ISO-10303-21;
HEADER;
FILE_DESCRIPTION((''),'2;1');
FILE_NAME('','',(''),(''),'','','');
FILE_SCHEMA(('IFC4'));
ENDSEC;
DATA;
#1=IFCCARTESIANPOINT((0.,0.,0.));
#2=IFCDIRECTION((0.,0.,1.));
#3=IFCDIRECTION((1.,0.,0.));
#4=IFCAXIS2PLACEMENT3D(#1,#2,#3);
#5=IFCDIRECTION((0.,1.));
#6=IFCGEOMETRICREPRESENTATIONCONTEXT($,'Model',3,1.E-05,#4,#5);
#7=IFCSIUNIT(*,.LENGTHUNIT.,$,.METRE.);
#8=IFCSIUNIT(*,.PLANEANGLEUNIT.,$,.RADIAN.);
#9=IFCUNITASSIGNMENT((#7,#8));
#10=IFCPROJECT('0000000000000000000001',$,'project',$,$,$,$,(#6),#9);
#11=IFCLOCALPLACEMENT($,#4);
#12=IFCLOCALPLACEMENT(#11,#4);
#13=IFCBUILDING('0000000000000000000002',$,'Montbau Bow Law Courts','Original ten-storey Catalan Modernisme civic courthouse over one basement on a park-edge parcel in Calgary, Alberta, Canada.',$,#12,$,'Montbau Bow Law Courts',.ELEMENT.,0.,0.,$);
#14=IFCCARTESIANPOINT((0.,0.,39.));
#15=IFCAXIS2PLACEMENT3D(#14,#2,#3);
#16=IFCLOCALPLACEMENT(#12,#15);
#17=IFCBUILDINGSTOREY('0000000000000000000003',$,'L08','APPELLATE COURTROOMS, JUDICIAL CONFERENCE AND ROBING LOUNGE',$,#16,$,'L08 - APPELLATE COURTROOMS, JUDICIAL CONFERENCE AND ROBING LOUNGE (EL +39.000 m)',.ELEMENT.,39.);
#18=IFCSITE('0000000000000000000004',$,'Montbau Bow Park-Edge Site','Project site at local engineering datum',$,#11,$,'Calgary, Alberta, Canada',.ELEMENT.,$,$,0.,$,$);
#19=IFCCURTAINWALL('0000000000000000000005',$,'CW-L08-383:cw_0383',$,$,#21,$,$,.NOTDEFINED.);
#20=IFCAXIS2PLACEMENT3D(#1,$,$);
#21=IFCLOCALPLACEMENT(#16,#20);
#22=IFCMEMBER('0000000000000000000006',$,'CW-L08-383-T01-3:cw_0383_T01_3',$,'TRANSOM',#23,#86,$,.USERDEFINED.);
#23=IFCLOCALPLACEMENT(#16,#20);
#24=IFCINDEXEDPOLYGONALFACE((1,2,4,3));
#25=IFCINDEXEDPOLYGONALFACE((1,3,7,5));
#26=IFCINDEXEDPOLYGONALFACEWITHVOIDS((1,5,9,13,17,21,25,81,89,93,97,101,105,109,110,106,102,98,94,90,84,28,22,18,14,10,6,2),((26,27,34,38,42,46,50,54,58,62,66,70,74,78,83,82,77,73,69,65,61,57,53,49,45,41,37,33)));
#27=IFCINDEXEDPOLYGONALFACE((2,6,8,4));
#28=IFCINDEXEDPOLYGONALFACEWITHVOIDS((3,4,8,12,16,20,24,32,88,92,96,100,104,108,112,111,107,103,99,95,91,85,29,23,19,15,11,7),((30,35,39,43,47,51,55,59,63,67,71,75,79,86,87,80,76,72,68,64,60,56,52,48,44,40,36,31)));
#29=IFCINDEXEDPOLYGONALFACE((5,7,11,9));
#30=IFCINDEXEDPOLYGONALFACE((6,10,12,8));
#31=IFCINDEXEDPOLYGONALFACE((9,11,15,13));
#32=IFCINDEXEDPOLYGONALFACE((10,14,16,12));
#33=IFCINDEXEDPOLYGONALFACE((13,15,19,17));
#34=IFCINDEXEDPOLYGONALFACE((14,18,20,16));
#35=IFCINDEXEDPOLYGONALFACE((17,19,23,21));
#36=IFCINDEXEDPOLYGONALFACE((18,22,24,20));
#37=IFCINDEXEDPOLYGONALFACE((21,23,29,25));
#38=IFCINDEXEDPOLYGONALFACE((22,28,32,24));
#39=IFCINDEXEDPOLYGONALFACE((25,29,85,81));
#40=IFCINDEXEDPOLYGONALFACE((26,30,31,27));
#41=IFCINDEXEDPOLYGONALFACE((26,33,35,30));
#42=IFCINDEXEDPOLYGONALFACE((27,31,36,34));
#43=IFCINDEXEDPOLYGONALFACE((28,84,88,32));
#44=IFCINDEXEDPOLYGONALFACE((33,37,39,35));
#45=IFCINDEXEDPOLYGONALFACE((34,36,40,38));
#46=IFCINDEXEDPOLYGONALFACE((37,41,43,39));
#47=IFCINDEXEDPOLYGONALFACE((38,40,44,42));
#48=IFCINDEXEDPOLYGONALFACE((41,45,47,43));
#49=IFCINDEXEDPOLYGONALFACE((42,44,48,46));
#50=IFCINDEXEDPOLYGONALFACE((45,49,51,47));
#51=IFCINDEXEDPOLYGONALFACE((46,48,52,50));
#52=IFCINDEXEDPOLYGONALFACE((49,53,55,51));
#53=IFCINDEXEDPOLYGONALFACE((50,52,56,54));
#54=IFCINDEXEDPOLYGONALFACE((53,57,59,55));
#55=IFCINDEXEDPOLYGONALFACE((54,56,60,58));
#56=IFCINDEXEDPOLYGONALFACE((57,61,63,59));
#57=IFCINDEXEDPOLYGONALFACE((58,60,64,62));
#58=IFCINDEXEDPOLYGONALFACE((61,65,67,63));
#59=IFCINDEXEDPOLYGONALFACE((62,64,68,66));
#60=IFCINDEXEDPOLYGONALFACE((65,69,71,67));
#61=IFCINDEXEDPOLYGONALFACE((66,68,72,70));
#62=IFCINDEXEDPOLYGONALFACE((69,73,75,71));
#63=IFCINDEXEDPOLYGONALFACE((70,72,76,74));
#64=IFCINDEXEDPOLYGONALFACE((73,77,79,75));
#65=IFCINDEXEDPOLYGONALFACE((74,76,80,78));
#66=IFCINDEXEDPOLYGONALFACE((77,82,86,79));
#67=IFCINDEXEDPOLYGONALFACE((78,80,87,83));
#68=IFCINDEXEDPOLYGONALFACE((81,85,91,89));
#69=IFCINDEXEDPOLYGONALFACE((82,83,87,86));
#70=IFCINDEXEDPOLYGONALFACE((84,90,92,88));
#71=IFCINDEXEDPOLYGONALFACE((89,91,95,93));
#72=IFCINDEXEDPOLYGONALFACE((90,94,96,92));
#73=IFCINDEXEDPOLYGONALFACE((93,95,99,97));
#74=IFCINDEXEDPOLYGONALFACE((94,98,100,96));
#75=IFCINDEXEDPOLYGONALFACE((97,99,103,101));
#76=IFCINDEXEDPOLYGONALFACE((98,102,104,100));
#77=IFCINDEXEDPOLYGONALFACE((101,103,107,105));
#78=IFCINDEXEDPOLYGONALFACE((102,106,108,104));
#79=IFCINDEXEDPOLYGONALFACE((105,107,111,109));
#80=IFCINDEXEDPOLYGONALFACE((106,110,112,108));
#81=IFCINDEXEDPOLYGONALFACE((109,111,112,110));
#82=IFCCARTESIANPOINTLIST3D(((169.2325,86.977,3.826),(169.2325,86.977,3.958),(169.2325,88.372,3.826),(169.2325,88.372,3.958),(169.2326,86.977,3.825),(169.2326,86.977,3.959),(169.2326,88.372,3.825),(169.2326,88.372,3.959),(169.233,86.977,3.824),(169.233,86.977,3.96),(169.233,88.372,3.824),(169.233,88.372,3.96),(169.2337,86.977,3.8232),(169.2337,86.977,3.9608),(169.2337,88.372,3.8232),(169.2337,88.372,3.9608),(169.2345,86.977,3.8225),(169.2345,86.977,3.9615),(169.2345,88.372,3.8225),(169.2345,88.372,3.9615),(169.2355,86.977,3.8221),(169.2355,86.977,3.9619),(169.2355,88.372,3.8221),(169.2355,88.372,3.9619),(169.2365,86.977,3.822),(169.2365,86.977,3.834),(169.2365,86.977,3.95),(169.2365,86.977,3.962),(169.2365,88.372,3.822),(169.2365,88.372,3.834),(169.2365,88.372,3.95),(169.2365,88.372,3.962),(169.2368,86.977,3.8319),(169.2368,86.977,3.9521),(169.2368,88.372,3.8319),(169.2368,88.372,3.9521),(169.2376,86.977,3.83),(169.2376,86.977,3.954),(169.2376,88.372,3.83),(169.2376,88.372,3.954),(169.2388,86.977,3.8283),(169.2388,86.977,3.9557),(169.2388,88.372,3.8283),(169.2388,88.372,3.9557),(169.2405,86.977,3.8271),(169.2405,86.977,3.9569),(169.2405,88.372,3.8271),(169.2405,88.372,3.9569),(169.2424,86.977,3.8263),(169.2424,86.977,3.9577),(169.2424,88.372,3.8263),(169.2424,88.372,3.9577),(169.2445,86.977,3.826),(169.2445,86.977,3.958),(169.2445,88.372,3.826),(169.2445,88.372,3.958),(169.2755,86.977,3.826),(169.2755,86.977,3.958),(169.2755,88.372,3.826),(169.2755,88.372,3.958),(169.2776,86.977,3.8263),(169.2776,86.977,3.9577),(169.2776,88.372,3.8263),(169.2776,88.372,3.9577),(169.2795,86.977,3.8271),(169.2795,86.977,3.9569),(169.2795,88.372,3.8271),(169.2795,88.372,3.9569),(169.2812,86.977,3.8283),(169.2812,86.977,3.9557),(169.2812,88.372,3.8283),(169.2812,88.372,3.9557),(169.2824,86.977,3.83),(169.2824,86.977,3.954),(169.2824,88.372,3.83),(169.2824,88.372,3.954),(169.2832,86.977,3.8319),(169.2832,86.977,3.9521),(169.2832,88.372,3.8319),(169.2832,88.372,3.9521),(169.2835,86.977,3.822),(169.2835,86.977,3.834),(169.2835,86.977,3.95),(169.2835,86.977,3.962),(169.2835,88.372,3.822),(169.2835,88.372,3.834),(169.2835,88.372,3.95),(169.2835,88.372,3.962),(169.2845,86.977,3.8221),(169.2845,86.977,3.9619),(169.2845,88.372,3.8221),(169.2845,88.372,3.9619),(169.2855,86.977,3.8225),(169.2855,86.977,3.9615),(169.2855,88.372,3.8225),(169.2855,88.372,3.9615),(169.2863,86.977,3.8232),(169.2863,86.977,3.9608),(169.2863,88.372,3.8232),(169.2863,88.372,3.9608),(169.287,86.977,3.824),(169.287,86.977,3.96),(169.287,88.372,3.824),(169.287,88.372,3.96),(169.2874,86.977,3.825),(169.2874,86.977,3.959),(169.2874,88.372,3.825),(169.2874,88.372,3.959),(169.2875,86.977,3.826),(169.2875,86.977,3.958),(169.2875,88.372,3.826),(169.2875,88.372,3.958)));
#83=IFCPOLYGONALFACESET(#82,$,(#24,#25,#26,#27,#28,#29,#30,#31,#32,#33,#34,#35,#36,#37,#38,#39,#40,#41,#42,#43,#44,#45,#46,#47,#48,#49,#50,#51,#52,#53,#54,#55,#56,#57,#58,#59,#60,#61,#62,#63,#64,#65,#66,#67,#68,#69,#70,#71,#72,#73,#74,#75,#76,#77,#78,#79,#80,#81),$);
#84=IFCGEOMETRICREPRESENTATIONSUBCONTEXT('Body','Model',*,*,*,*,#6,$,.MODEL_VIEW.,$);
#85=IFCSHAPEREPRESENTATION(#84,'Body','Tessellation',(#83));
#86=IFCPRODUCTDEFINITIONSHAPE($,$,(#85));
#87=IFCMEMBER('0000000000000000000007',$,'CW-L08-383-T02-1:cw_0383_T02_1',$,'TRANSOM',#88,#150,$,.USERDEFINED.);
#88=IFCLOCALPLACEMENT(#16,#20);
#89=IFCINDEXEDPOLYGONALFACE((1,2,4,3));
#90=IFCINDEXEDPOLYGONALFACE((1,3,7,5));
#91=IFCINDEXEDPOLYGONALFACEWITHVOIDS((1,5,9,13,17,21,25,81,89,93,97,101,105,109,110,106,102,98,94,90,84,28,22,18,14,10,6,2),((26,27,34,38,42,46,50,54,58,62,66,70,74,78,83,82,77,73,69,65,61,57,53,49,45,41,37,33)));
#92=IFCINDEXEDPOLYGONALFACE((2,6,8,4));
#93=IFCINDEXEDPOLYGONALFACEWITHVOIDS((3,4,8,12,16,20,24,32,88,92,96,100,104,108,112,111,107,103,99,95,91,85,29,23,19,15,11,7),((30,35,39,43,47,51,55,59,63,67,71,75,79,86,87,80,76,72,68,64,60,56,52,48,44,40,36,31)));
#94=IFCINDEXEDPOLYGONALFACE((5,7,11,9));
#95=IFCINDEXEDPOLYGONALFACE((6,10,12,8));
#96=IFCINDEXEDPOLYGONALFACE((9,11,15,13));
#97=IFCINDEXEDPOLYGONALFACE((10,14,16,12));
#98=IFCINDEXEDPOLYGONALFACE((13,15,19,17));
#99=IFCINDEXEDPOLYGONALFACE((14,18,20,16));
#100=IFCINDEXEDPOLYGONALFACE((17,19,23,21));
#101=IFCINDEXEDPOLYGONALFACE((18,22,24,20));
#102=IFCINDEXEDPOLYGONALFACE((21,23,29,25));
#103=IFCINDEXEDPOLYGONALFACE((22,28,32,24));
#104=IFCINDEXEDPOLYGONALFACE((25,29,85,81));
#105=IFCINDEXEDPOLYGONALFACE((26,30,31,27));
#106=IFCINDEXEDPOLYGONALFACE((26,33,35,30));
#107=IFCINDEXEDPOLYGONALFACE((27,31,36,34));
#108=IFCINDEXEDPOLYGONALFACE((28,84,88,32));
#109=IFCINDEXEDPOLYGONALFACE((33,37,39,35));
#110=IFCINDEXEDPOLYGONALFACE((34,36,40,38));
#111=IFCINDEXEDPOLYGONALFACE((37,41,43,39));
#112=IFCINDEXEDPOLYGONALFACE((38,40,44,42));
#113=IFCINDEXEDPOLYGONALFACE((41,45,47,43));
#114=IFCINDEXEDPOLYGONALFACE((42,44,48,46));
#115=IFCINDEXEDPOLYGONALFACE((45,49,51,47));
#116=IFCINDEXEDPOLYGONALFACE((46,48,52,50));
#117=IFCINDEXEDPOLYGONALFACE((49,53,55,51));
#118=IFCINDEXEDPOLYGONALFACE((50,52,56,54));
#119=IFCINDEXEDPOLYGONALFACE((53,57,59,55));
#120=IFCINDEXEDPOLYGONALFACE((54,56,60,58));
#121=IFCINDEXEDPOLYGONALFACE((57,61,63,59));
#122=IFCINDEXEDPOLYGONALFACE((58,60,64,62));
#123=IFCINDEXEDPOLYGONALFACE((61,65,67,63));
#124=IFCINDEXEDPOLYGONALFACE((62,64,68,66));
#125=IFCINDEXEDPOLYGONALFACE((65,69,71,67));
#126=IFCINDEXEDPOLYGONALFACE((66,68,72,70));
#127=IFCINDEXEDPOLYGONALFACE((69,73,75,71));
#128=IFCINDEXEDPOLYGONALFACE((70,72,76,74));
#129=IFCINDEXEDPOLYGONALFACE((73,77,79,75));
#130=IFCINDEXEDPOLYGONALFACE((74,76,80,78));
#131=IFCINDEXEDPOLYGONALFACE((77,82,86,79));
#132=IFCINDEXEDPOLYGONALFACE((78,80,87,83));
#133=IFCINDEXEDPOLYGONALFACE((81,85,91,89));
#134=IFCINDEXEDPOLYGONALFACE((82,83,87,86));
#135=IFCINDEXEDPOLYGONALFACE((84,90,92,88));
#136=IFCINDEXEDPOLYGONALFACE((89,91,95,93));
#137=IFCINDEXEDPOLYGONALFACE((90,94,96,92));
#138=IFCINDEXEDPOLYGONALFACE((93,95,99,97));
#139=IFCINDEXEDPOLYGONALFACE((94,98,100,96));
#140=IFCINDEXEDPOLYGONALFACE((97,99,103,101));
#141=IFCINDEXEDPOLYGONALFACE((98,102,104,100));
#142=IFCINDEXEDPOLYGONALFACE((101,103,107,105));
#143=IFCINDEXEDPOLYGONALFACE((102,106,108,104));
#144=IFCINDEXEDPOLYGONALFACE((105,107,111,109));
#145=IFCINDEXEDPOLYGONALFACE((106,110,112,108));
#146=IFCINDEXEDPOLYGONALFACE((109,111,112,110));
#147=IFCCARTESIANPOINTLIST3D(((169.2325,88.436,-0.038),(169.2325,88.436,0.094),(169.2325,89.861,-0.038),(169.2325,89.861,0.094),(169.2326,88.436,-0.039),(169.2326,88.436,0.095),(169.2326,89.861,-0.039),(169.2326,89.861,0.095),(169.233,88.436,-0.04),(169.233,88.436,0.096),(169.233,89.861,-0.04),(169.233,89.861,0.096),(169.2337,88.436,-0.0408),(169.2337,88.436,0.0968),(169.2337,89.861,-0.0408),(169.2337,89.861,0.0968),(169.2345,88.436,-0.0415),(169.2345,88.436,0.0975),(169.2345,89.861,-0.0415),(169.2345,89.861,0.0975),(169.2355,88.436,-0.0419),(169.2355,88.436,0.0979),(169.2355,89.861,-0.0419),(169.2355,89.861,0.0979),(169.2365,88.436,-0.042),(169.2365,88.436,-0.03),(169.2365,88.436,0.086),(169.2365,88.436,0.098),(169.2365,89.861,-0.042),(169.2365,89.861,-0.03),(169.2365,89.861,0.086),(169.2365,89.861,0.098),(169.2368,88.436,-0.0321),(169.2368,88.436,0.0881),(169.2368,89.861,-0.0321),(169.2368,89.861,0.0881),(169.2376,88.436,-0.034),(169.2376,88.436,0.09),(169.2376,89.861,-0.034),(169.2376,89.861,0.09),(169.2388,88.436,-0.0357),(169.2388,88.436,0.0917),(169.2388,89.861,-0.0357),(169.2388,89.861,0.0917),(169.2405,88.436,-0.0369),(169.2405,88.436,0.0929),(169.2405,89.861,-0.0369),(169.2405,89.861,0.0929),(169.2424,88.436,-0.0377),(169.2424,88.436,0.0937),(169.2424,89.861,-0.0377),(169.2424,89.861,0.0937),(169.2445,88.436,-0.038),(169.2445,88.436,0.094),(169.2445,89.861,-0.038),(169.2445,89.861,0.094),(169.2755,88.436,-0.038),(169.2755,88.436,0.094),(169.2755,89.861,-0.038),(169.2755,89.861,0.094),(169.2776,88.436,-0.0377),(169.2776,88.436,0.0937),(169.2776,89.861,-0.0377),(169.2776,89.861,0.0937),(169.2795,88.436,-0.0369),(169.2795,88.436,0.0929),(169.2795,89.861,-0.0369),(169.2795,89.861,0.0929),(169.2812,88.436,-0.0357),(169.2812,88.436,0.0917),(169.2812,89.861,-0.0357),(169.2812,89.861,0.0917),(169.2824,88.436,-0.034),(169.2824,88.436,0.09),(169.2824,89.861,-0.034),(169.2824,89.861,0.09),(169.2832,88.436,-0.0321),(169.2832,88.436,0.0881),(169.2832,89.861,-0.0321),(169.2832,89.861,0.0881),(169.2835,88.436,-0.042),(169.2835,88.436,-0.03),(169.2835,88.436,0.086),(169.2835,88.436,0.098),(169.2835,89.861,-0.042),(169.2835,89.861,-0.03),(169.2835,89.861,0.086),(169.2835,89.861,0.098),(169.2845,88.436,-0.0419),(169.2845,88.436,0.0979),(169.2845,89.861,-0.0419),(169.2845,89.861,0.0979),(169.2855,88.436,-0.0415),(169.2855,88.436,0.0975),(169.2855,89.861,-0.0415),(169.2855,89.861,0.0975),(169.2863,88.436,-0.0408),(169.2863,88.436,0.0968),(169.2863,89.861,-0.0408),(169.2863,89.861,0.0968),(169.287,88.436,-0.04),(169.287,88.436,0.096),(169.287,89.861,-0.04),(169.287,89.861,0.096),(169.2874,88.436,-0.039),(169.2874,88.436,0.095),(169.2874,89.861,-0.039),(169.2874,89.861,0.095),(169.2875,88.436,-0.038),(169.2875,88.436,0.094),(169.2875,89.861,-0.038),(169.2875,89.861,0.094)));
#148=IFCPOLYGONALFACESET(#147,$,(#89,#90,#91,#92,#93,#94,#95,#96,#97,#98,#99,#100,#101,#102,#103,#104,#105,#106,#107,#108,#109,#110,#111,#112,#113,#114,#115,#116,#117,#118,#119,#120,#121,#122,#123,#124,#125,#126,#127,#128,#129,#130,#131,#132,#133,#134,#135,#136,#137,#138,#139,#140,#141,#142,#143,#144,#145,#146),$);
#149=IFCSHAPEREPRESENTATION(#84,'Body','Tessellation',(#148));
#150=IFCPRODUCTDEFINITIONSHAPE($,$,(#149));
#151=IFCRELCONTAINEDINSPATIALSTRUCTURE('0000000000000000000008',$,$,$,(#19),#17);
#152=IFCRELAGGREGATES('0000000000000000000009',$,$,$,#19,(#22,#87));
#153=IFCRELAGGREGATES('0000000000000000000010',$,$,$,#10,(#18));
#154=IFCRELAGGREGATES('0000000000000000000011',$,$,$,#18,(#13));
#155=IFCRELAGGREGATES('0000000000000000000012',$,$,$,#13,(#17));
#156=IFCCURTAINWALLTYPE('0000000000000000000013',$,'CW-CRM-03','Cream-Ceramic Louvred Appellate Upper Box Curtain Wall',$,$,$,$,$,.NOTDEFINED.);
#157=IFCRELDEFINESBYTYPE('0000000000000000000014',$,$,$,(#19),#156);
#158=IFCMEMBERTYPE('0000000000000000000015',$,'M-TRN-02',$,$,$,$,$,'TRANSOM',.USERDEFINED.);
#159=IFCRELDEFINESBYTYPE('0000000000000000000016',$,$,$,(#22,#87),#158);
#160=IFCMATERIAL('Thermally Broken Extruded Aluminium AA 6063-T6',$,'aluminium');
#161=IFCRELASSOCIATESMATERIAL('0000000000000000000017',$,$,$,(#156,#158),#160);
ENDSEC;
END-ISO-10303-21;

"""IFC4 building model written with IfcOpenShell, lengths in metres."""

from ifc_helpers import new_model, si_unit, direction, frame, origin_with_axes, origin_2d_with_axis, place, context, subcontext, project, spatial, hollow_rectangle, extrude, material, material_profile, profile_set, type_object, element, aggregate, save


model = new_model("IFC4")

# Units and contexts
model_context = context("Model", 3, precision=1e-05, world=origin_with_axes(), true_north=direction((0.0, 1.0)))
body_context = subcontext(model_context, "Body", "Model", "MODEL_VIEW")
ifc_project = project(units=[si_unit("LENGTHUNIT", "METRE"), si_unit("PLANEANGLEUNIT", "RADIAN")], contexts=[model_context])

# Site, building, storey
site_placement = place(None, origin_with_axes())
site = spatial("IfcSite", under=ifc_project, at=site_placement, Name="Montbau Bow Park-Edge Site", Description="Project site at local engineering datum", LongName="Calgary, Alberta, Canada", CompositionType="ELEMENT", RefElevation=0.0)
building_placement = place(site_placement, origin_with_axes())
building = spatial("IfcBuilding", under=site, at=building_placement, Name="Montbau Bow Law Courts", Description="Original ten-storey Catalan Modernisme civic courthouse over one basement on a park-edge parcel in Calgary, Alberta, Canada.", LongName="Montbau Bow Law Courts", CompositionType="ELEMENT", ElevationOfRefHeight=0.0, ElevationOfTerrain=0.0)
storey_placement = place(building_placement, frame((0.0, 0.0, 39.0), z_axis=(0.0, 0.0, 1.0), x_axis=(1.0, 0.0, 0.0)))
storey = spatial("IfcBuildingStorey", under=building, at=storey_placement, Name="L08", Description="APPELLATE COURTROOMS, JUDICIAL CONFERENCE AND ROBING LOUNGE", LongName="L08 - APPELLATE COURTROOMS, JUDICIAL CONFERENCE AND ROBING LOUNGE (EL +39.000 m)", CompositionType="ELEMENT", Elevation=39.0)

# Curtain wall
ifc_material_1 = material(Name="Thermally Broken Extruded Aluminium AA 6063-T6", Category="aluminium")
curtain_wall_type = type_object("IfcCurtainWallType", Name="CW-CRM-03", Description="Cream-Ceramic Louvred Appellate Upper Box Curtain Wall", PredefinedType="NOTDEFINED", material=ifc_material_1)
curtain_wall_1_placement = place(None, frame((169.26, 86.915, 39.0), z_axis=(0.0, 0.0, 1.0), x_axis=(1.0, 0.0, 0.0)))
curtain_wall_1 = element("IfcCurtainWall", 1, at=curtain_wall_1_placement, inside=storey, type_object=curtain_wall_type, Name="CW-L08-383:cw_0383", PredefinedType="NOTDEFINED")

# Members
ifc_material_profile_1 = material_profile(ifc_material_1, hollow_rectangle(XDim=0.055, YDim=0.14, WallThickness=0.004, InnerFilletRadius=0.008, OuterFilletRadius=0.004, at=origin_2d_with_axis()), Name="CWT-140X55", Category="Main", Priority=0)
ifc_profile_set_1 = profile_set([ifc_material_profile_1], Name="Thermally Broken Extruded Aluminium AA 6063-T6")
member_type_1 = type_object("IfcMemberType", Name="M-TRN-02", ElementType="TRANSOM", PredefinedType="USERDEFINED", material=ifc_profile_set_1)
member_1_placement = place(None, frame((169.26, 86.977, 42.892), z_axis=(0.0, 1.0, 0.0), x_axis=(-1.0, 0.0, 0.0)))
member_1 = element("IfcMember", 2, at=member_1_placement, type_object=member_type_1, Name="CW-L08-383-T01-3:cw_0383_T01_3", ObjectType="TRANSOM", PredefinedType="USERDEFINED", context=body_context, shape_type="SweptSolid", body=[
    extrude(hollow_rectangle(XDim=0.055, YDim=0.14, WallThickness=0.004, InnerFilletRadius=0.008, OuterFilletRadius=0.004, at=origin_2d_with_axis()), origin_with_axes(), (0.0, 0.0, 1.0), 1.395),
])
member_2_placement = place(None, frame((169.26, 88.436, 39.028), z_axis=(0.0, 1.0, 0.0), x_axis=(-1.0, 0.0, 0.0)))
member_2 = element("IfcMember", 3, at=member_2_placement, type_object=member_type_1, Name="CW-L08-383-T02-1:cw_0383_T02_1", ObjectType="TRANSOM", PredefinedType="USERDEFINED", context=body_context, shape_type="SweptSolid", body=[
    extrude(hollow_rectangle(XDim=0.055, YDim=0.14, WallThickness=0.004, InnerFilletRadius=0.008, OuterFilletRadius=0.004, at=origin_2d_with_axis()), origin_with_axes(), (0.0, 0.0, 1.0), 1.425),
])

aggregate(curtain_wall_1, [member_1, member_2])

save(model, "model.ifc")
